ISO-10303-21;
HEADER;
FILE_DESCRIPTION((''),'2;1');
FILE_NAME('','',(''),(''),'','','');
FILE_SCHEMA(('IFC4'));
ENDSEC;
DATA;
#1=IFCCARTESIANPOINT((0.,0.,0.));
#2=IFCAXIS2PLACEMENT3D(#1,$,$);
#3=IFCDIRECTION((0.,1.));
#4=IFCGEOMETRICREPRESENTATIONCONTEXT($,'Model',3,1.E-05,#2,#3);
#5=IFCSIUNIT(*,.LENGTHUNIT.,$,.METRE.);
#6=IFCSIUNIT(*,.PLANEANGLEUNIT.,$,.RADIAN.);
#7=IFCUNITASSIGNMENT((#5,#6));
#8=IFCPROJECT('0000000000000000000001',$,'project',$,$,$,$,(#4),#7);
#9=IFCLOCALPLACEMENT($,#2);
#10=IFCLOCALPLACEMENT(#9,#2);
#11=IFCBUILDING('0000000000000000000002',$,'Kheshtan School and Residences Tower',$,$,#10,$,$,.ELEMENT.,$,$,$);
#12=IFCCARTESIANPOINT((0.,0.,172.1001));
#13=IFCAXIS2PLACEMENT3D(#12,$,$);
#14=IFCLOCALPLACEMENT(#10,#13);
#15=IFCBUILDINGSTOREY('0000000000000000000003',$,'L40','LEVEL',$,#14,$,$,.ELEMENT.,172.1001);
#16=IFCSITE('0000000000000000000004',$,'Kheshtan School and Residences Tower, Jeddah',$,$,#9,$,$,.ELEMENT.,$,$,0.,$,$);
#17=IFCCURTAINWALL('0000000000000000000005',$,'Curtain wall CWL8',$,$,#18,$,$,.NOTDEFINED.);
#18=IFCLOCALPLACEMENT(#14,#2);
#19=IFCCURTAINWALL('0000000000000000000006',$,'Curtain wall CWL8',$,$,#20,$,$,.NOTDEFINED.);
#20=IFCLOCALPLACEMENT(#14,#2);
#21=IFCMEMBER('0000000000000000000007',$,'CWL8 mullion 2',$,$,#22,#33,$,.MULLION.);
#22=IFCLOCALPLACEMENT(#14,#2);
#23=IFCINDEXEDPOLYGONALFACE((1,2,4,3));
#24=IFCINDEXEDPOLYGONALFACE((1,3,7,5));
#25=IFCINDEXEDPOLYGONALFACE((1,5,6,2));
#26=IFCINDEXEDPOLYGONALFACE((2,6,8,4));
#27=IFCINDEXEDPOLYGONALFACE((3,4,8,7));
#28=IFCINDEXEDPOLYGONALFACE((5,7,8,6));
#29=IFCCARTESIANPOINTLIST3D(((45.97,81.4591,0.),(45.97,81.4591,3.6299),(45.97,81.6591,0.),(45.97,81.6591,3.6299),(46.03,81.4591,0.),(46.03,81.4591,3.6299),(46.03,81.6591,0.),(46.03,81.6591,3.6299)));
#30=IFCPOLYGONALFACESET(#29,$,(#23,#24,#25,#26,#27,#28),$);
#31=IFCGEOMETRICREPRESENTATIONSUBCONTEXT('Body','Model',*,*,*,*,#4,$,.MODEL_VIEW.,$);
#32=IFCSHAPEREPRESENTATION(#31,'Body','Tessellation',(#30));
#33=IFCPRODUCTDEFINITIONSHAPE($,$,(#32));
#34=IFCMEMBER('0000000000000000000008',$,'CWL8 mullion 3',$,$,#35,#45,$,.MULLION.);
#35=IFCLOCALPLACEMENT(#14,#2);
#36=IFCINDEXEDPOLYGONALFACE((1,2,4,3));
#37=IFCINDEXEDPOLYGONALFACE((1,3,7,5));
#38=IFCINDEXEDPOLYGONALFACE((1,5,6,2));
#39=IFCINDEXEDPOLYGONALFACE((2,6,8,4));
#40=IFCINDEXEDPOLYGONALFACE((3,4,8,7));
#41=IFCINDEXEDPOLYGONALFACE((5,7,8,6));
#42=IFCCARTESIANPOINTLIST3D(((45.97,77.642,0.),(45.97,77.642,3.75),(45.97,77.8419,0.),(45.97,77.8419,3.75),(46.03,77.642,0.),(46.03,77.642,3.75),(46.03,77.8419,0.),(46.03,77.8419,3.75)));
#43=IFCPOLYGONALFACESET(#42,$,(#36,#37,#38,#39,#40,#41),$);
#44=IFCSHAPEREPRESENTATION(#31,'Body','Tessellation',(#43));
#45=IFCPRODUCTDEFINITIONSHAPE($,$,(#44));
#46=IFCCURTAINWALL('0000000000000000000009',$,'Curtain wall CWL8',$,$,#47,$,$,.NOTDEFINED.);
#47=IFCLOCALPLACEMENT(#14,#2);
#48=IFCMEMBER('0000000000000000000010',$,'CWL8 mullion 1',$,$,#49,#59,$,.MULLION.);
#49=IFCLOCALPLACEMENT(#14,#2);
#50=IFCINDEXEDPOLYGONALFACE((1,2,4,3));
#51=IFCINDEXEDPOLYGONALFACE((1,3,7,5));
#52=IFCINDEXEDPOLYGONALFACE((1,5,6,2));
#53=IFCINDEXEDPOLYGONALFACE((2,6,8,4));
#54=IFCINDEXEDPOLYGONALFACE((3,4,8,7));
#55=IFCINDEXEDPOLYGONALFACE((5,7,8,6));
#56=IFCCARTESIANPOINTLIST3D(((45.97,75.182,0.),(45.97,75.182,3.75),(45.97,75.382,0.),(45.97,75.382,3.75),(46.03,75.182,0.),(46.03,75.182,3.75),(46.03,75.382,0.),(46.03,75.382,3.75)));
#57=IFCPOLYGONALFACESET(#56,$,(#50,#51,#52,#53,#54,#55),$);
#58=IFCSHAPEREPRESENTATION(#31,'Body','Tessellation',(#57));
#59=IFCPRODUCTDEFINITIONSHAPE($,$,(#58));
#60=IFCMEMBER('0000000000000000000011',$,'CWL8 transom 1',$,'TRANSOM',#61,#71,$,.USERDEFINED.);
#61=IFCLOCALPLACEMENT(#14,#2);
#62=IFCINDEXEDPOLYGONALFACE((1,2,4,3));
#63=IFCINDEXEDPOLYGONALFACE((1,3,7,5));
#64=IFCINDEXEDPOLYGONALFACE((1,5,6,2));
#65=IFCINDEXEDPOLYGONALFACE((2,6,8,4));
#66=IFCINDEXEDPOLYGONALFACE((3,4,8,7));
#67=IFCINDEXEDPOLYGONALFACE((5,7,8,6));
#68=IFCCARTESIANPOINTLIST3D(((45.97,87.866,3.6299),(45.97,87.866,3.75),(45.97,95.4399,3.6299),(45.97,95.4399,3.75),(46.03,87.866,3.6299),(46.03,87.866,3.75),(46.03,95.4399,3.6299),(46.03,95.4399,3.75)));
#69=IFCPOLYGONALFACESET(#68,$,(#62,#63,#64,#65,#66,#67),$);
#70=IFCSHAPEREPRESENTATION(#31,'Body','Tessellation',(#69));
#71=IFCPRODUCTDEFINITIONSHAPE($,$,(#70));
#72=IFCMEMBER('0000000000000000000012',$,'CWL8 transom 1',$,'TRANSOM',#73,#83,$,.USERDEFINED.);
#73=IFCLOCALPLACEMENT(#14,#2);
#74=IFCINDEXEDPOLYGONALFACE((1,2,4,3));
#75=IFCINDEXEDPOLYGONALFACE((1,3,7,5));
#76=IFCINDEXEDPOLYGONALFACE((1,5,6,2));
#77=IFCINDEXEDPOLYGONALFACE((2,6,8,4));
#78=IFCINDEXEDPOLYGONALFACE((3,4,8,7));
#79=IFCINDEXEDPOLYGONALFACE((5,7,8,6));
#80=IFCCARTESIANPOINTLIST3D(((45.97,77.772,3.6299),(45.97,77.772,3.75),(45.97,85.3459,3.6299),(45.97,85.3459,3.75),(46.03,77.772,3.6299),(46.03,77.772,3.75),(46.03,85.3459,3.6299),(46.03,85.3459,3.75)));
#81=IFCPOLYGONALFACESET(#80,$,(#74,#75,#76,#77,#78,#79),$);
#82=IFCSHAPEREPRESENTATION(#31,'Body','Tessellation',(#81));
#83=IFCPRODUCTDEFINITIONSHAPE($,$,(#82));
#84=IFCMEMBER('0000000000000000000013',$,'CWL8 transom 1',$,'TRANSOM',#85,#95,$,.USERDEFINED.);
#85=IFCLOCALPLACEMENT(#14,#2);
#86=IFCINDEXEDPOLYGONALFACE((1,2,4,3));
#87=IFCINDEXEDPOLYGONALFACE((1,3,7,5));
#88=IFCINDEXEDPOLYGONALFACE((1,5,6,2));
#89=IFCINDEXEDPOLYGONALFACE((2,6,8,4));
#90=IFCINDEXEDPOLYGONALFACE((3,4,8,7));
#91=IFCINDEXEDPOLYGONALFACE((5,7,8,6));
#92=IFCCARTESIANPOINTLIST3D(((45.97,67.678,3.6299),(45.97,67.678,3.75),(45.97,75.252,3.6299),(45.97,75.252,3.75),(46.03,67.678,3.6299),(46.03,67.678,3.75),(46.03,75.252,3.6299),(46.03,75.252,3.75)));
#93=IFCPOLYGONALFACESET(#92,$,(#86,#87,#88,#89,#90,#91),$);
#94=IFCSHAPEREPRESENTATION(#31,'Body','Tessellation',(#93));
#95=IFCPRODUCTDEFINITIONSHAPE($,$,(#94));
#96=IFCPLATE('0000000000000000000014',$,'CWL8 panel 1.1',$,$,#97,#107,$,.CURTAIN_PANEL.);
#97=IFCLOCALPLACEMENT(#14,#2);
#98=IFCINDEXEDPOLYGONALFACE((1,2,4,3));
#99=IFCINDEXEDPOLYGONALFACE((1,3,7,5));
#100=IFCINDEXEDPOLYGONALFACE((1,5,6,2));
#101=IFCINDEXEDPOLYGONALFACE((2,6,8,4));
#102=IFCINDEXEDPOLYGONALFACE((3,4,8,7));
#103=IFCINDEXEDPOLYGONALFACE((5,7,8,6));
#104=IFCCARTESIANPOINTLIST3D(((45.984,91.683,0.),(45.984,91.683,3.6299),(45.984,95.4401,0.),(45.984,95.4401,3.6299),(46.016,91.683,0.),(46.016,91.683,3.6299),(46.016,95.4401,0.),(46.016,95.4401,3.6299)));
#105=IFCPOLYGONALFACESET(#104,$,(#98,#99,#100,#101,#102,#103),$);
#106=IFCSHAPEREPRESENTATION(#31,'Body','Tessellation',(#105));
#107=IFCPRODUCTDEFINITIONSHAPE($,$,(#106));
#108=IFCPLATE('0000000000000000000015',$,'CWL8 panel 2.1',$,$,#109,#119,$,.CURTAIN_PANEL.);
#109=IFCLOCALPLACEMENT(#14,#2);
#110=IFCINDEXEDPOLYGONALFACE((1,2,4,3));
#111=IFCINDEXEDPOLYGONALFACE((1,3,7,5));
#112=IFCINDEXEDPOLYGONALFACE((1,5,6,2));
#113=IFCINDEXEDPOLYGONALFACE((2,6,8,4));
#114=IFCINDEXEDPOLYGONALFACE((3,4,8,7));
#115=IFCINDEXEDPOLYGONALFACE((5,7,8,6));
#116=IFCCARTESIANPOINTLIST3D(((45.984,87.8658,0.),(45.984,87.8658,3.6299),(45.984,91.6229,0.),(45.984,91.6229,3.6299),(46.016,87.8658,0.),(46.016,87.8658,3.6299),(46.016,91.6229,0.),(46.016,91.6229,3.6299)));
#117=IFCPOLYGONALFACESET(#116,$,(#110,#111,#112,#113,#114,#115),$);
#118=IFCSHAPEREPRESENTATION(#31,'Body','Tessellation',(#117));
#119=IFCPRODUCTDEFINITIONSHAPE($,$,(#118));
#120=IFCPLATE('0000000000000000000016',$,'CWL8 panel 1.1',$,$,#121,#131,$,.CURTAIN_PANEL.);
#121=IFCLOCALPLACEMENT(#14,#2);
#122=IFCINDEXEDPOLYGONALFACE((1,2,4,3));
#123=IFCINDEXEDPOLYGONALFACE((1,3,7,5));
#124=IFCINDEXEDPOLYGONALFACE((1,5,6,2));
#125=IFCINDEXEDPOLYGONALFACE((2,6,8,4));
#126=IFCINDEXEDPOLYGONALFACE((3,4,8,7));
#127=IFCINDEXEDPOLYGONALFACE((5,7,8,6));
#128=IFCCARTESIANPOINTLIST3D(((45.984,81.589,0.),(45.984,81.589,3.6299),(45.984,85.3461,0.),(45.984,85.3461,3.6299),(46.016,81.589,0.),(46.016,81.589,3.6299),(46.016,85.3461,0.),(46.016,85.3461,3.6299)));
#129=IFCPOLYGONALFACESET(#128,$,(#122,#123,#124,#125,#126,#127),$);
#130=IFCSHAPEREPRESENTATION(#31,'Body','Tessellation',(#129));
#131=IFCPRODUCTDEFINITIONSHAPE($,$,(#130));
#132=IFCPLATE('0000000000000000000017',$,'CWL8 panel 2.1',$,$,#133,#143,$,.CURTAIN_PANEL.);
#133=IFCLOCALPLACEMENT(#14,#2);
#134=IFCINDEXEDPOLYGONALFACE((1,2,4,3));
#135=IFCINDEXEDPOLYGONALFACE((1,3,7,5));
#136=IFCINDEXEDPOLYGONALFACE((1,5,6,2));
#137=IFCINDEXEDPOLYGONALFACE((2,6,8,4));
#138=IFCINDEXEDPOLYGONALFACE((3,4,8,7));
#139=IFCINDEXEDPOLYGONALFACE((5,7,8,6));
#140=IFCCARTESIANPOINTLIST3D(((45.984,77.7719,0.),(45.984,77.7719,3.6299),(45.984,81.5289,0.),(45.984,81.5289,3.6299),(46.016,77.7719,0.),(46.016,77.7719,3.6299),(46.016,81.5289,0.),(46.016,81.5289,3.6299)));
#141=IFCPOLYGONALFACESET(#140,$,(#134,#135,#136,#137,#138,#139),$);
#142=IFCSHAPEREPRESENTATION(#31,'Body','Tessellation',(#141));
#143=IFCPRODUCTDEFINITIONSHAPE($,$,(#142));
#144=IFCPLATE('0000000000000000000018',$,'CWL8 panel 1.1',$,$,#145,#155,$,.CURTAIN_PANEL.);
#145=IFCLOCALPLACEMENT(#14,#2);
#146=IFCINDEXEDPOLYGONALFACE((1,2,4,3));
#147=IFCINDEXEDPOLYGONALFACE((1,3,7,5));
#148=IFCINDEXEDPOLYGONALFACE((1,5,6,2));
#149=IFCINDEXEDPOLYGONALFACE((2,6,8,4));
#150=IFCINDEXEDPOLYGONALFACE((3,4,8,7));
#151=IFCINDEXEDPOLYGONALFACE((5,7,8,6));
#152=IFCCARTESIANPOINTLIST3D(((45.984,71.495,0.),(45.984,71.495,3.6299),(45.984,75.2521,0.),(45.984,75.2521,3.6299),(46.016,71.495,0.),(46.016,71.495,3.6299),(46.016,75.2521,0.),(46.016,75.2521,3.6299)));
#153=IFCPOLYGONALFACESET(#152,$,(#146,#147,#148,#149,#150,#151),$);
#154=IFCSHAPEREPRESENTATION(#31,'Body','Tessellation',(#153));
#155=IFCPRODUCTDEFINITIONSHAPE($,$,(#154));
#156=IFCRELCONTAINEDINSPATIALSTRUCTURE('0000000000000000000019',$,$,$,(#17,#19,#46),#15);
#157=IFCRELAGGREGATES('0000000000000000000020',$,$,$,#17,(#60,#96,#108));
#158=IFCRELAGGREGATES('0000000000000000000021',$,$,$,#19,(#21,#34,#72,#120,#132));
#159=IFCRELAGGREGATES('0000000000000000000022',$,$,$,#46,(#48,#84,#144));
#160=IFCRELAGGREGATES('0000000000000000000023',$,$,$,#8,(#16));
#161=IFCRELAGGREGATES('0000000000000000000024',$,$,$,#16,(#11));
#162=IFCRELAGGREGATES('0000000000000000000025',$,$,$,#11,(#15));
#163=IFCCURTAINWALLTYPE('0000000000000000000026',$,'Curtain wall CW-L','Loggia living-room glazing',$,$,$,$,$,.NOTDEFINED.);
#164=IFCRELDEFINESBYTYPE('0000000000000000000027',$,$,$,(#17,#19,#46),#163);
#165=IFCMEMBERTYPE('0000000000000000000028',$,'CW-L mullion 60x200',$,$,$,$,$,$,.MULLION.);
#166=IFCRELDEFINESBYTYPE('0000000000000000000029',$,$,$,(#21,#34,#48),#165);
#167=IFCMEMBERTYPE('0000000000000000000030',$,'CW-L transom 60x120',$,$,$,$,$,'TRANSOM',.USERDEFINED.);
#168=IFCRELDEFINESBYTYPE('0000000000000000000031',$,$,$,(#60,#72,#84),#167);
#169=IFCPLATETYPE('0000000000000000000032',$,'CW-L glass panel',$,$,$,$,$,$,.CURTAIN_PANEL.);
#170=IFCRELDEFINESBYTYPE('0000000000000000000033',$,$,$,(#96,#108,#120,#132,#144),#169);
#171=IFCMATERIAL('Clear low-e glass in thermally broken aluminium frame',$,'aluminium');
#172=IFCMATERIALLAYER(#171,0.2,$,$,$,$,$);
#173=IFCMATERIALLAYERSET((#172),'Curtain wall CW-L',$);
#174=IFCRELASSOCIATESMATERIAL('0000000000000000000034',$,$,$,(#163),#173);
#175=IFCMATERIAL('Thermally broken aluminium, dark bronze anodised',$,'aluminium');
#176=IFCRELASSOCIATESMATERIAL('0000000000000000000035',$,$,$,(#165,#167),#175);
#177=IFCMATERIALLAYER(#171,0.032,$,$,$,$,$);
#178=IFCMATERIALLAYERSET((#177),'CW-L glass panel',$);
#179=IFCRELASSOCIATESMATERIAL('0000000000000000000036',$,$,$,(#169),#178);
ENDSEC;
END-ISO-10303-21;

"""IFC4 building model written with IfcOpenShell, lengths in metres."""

from ifc_helpers import new_model, si_unit, direction, frame, origin, origin_2d, place, context, subcontext, project, spatial, rectangle, extrude, material, layer, layer_set, material_profile, profile_set, type_object, element, aggregate, save


model = new_model("IFC4")

# Units and contexts
model_context = context("Model", 3, precision=1e-05, world=origin(), true_north=direction((0.0, 1.0)))
body_context = subcontext(model_context, "Body", "Model", "MODEL_VIEW")
ifc_project = project(units=[si_unit("LENGTHUNIT", "METRE"), si_unit("PLANEANGLEUNIT", "RADIAN")], contexts=[model_context])

# Site, building, storey
site_placement = place(None, origin())
site = spatial("IfcSite", under=ifc_project, at=site_placement, Name="Kheshtan School and Residences Tower, Jeddah", CompositionType="ELEMENT", RefElevation=0.0)
building_placement = place(site_placement, origin())
building = spatial("IfcBuilding", under=site, at=building_placement, Name="Kheshtan School and Residences Tower", CompositionType="ELEMENT")
storey_placement = place(building_placement, frame((0.0, 0.0, 172.1001)))
storey = spatial("IfcBuildingStorey", under=building, at=storey_placement, Name="L40", Description="LEVEL", CompositionType="ELEMENT", Elevation=172.1001)

# Curtain walls, members
ifc_material_1 = material(Name="Clear low-e glass in thermally broken aluminium frame", Category="aluminium")
ifc_layer_1 = layer(ifc_material_1, 0.2)
ifc_layer_set_1 = layer_set([ifc_layer_1], Name="Curtain wall CW-L")
curtain_wall_type = type_object("IfcCurtainWallType", Name="Curtain wall CW-L", Description="Loggia living-room glazing", PredefinedType="NOTDEFINED", material=ifc_layer_set_1)
curtain_wall_1_placement = place(storey_placement, origin())
curtain_wall_1 = element("IfcCurtainWall", 1, at=curtain_wall_1_placement, inside=storey, type_object=curtain_wall_type, Name="Curtain wall CWL8", PredefinedType="NOTDEFINED")
ifc_material_2 = material(Name="Thermally broken aluminium, dark bronze anodised", Category="aluminium")
ifc_material_profile_1 = material_profile(ifc_material_2, rectangle(XDim=0.0601, YDim=0.2, at=origin_2d()), Name="CW-L mullion 60x200")
ifc_profile_set_1 = profile_set([ifc_material_profile_1], Name="Thermally broken aluminium, dark bronze anodised")
member_type_1 = type_object("IfcMemberType", Name="CW-L mullion 60x200", PredefinedType="MULLION", material=ifc_profile_set_1)
curtain_wall_2_placement = place(storey_placement, origin())
curtain_wall_2 = element("IfcCurtainWall", 2, at=curtain_wall_2_placement, inside=storey, type_object=curtain_wall_type, Name="Curtain wall CWL8", PredefinedType="NOTDEFINED")
member_1_placement = place(storey_placement, frame((46.0, 81.5591, 0.0), z_axis=(0.0, 0.0, 1.0), x_axis=(1.0, 0.0, 0.0)))
member_1 = element("IfcMember", 3, at=member_1_placement, type_object=member_type_1, Name="CWL8 mullion 2", PredefinedType="MULLION", context=body_context, shape_type="SweptSolid", body=[
    extrude(rectangle(XDim=0.0601, YDim=0.2, at=origin_2d()), origin(), (0.0, 0.0, 1.0), 3.6299),
])
member_2_placement = place(storey_placement, frame((46.0, 77.7419, 0.0), z_axis=(0.0, 0.0, 1.0), x_axis=(1.0, 0.0, 0.0)))
member_2 = element("IfcMember", 4, at=member_2_placement, type_object=member_type_1, Name="CWL8 mullion 3", PredefinedType="MULLION", context=body_context, shape_type="SweptSolid", body=[
    extrude(rectangle(XDim=0.0601, YDim=0.2, at=origin_2d()), origin(), (0.0, 0.0, 1.0), 3.75),
])

# Curtain wall, member
curtain_wall_3_placement = place(storey_placement, origin())
curtain_wall_3 = element("IfcCurtainWall", 5, at=curtain_wall_3_placement, inside=storey, type_object=curtain_wall_type, Name="Curtain wall CWL8", PredefinedType="NOTDEFINED")
member_3_placement = place(storey_placement, frame((46.0, 75.282, 0.0), z_axis=(0.0, 0.0, 1.0), x_axis=(1.0, 0.0, 0.0)))
member_3 = element("IfcMember", 6, at=member_3_placement, type_object=member_type_1, Name="CWL8 mullion 1", PredefinedType="MULLION", context=body_context, shape_type="SweptSolid", body=[
    extrude(rectangle(XDim=0.0601, YDim=0.2, at=origin_2d()), origin(), (0.0, 0.0, 1.0), 3.75),
])

# Members
ifc_material_profile_2 = material_profile(ifc_material_2, rectangle(XDim=0.0601, YDim=0.1201, at=origin_2d()), Name="CW-L transom 60x120")
ifc_profile_set_2 = profile_set([ifc_material_profile_2], Name="Thermally broken aluminium, dark bronze anodised")
member_type_2 = type_object("IfcMemberType", Name="CW-L transom 60x120", ElementType="TRANSOM", PredefinedType="USERDEFINED", material=ifc_profile_set_2)
member_4_placement = place(storey_placement, frame((46.0, 95.4399, 3.6899), z_axis=(0.0, -1.0, 0.0), x_axis=(1.0, 0.0, 0.0)))
member_4 = element("IfcMember", 7, at=member_4_placement, type_object=member_type_2, Name="CWL8 transom 1", ObjectType="TRANSOM", PredefinedType="USERDEFINED", context=body_context, shape_type="SweptSolid", body=[
    extrude(rectangle(XDim=0.0601, YDim=0.1201, at=origin_2d()), origin(), (0.0, 0.0, 1.0), 7.574),
])
member_5_placement = place(storey_placement, frame((46.0, 85.3459, 3.6899), z_axis=(0.0, -1.0, 0.0), x_axis=(1.0, 0.0, 0.0)))
member_5 = element("IfcMember", 8, at=member_5_placement, type_object=member_type_2, Name="CWL8 transom 1", ObjectType="TRANSOM", PredefinedType="USERDEFINED", context=body_context, shape_type="SweptSolid", body=[
    extrude(rectangle(XDim=0.0601, YDim=0.1201, at=origin_2d()), origin(), (0.0, 0.0, 1.0), 7.574),
])
member_6_placement = place(storey_placement, frame((46.0, 75.252, 3.6899), z_axis=(0.0, -1.0, 0.0), x_axis=(1.0, 0.0, 0.0)))
member_6 = element("IfcMember", 9, at=member_6_placement, type_object=member_type_2, Name="CWL8 transom 1", ObjectType="TRANSOM", PredefinedType="USERDEFINED", context=body_context, shape_type="SweptSolid", body=[
    extrude(rectangle(XDim=0.0601, YDim=0.1201, at=origin_2d()), origin(), (0.0, 0.0, 1.0), 7.574),
])

# Plates
ifc_layer_2 = layer(ifc_material_1, 0.032)
ifc_layer_set_2 = layer_set([ifc_layer_2], Name="CW-L glass panel")
plate_type = type_object("IfcPlateType", Name="CW-L glass panel", PredefinedType="CURTAIN_PANEL", material=ifc_layer_set_2)
plate_1_placement = place(storey_placement, frame((46.0, 93.5615, 0.0), z_axis=(0.0, 0.0, 1.0), x_axis=(0.0, -1.0, 0.0)))
plate_1 = element("IfcPlate", 10, at=plate_1_placement, type_object=plate_type, Name="CWL8 panel 1.1", PredefinedType="CURTAIN_PANEL", context=body_context, shape_type="SweptSolid", body=[
    extrude(rectangle(XDim=3.7571, YDim=0.032, at=origin_2d()), origin(), (0.0, 0.0, 1.0), 3.6299),
])
plate_2_placement = place(storey_placement, frame((46.0, 89.7444, 0.0), z_axis=(0.0, 0.0, 1.0), x_axis=(0.0, -1.0, 0.0)))
plate_2 = element("IfcPlate", 11, at=plate_2_placement, type_object=plate_type, Name="CWL8 panel 2.1", PredefinedType="CURTAIN_PANEL", context=body_context, shape_type="SweptSolid", body=[
    extrude(rectangle(XDim=3.7571, YDim=0.032, at=origin_2d()), origin(), (0.0, 0.0, 1.0), 3.6299),
])
aggregate(curtain_wall_1, [member_4, plate_1, plate_2])
plate_3_placement = place(storey_placement, frame((46.0, 83.4675, 0.0), z_axis=(0.0, 0.0, 1.0), x_axis=(0.0, -1.0, 0.0)))
plate_3 = element("IfcPlate", 12, at=plate_3_placement, type_object=plate_type, Name="CWL8 panel 1.1", PredefinedType="CURTAIN_PANEL", context=body_context, shape_type="SweptSolid", body=[
    extrude(rectangle(XDim=3.7571, YDim=0.032, at=origin_2d()), origin(), (0.0, 0.0, 1.0), 3.6299),
])
plate_4_placement = place(storey_placement, frame((46.0, 79.6504, 0.0), z_axis=(0.0, 0.0, 1.0), x_axis=(0.0, -1.0, 0.0)))
plate_4 = element("IfcPlate", 13, at=plate_4_placement, type_object=plate_type, Name="CWL8 panel 2.1", PredefinedType="CURTAIN_PANEL", context=body_context, shape_type="SweptSolid", body=[
    extrude(rectangle(XDim=3.7571, YDim=0.032, at=origin_2d()), origin(), (0.0, 0.0, 1.0), 3.6299),
])
aggregate(curtain_wall_2, [member_1, member_2, member_5, plate_3, plate_4])
plate_5_placement = place(storey_placement, frame((46.0, 73.3735, 0.0), z_axis=(0.0, 0.0, 1.0), x_axis=(0.0, -1.0, 0.0)))
plate_5 = element("IfcPlate", 14, at=plate_5_placement, type_object=plate_type, Name="CWL8 panel 1.1", PredefinedType="CURTAIN_PANEL", context=body_context, shape_type="SweptSolid", body=[
    extrude(rectangle(XDim=3.7571, YDim=0.032, at=origin_2d()), origin(), (0.0, 0.0, 1.0), 3.6299),
])
aggregate(curtain_wall_3, [member_3, member_6, plate_5])

save(model, "model.ifc")
